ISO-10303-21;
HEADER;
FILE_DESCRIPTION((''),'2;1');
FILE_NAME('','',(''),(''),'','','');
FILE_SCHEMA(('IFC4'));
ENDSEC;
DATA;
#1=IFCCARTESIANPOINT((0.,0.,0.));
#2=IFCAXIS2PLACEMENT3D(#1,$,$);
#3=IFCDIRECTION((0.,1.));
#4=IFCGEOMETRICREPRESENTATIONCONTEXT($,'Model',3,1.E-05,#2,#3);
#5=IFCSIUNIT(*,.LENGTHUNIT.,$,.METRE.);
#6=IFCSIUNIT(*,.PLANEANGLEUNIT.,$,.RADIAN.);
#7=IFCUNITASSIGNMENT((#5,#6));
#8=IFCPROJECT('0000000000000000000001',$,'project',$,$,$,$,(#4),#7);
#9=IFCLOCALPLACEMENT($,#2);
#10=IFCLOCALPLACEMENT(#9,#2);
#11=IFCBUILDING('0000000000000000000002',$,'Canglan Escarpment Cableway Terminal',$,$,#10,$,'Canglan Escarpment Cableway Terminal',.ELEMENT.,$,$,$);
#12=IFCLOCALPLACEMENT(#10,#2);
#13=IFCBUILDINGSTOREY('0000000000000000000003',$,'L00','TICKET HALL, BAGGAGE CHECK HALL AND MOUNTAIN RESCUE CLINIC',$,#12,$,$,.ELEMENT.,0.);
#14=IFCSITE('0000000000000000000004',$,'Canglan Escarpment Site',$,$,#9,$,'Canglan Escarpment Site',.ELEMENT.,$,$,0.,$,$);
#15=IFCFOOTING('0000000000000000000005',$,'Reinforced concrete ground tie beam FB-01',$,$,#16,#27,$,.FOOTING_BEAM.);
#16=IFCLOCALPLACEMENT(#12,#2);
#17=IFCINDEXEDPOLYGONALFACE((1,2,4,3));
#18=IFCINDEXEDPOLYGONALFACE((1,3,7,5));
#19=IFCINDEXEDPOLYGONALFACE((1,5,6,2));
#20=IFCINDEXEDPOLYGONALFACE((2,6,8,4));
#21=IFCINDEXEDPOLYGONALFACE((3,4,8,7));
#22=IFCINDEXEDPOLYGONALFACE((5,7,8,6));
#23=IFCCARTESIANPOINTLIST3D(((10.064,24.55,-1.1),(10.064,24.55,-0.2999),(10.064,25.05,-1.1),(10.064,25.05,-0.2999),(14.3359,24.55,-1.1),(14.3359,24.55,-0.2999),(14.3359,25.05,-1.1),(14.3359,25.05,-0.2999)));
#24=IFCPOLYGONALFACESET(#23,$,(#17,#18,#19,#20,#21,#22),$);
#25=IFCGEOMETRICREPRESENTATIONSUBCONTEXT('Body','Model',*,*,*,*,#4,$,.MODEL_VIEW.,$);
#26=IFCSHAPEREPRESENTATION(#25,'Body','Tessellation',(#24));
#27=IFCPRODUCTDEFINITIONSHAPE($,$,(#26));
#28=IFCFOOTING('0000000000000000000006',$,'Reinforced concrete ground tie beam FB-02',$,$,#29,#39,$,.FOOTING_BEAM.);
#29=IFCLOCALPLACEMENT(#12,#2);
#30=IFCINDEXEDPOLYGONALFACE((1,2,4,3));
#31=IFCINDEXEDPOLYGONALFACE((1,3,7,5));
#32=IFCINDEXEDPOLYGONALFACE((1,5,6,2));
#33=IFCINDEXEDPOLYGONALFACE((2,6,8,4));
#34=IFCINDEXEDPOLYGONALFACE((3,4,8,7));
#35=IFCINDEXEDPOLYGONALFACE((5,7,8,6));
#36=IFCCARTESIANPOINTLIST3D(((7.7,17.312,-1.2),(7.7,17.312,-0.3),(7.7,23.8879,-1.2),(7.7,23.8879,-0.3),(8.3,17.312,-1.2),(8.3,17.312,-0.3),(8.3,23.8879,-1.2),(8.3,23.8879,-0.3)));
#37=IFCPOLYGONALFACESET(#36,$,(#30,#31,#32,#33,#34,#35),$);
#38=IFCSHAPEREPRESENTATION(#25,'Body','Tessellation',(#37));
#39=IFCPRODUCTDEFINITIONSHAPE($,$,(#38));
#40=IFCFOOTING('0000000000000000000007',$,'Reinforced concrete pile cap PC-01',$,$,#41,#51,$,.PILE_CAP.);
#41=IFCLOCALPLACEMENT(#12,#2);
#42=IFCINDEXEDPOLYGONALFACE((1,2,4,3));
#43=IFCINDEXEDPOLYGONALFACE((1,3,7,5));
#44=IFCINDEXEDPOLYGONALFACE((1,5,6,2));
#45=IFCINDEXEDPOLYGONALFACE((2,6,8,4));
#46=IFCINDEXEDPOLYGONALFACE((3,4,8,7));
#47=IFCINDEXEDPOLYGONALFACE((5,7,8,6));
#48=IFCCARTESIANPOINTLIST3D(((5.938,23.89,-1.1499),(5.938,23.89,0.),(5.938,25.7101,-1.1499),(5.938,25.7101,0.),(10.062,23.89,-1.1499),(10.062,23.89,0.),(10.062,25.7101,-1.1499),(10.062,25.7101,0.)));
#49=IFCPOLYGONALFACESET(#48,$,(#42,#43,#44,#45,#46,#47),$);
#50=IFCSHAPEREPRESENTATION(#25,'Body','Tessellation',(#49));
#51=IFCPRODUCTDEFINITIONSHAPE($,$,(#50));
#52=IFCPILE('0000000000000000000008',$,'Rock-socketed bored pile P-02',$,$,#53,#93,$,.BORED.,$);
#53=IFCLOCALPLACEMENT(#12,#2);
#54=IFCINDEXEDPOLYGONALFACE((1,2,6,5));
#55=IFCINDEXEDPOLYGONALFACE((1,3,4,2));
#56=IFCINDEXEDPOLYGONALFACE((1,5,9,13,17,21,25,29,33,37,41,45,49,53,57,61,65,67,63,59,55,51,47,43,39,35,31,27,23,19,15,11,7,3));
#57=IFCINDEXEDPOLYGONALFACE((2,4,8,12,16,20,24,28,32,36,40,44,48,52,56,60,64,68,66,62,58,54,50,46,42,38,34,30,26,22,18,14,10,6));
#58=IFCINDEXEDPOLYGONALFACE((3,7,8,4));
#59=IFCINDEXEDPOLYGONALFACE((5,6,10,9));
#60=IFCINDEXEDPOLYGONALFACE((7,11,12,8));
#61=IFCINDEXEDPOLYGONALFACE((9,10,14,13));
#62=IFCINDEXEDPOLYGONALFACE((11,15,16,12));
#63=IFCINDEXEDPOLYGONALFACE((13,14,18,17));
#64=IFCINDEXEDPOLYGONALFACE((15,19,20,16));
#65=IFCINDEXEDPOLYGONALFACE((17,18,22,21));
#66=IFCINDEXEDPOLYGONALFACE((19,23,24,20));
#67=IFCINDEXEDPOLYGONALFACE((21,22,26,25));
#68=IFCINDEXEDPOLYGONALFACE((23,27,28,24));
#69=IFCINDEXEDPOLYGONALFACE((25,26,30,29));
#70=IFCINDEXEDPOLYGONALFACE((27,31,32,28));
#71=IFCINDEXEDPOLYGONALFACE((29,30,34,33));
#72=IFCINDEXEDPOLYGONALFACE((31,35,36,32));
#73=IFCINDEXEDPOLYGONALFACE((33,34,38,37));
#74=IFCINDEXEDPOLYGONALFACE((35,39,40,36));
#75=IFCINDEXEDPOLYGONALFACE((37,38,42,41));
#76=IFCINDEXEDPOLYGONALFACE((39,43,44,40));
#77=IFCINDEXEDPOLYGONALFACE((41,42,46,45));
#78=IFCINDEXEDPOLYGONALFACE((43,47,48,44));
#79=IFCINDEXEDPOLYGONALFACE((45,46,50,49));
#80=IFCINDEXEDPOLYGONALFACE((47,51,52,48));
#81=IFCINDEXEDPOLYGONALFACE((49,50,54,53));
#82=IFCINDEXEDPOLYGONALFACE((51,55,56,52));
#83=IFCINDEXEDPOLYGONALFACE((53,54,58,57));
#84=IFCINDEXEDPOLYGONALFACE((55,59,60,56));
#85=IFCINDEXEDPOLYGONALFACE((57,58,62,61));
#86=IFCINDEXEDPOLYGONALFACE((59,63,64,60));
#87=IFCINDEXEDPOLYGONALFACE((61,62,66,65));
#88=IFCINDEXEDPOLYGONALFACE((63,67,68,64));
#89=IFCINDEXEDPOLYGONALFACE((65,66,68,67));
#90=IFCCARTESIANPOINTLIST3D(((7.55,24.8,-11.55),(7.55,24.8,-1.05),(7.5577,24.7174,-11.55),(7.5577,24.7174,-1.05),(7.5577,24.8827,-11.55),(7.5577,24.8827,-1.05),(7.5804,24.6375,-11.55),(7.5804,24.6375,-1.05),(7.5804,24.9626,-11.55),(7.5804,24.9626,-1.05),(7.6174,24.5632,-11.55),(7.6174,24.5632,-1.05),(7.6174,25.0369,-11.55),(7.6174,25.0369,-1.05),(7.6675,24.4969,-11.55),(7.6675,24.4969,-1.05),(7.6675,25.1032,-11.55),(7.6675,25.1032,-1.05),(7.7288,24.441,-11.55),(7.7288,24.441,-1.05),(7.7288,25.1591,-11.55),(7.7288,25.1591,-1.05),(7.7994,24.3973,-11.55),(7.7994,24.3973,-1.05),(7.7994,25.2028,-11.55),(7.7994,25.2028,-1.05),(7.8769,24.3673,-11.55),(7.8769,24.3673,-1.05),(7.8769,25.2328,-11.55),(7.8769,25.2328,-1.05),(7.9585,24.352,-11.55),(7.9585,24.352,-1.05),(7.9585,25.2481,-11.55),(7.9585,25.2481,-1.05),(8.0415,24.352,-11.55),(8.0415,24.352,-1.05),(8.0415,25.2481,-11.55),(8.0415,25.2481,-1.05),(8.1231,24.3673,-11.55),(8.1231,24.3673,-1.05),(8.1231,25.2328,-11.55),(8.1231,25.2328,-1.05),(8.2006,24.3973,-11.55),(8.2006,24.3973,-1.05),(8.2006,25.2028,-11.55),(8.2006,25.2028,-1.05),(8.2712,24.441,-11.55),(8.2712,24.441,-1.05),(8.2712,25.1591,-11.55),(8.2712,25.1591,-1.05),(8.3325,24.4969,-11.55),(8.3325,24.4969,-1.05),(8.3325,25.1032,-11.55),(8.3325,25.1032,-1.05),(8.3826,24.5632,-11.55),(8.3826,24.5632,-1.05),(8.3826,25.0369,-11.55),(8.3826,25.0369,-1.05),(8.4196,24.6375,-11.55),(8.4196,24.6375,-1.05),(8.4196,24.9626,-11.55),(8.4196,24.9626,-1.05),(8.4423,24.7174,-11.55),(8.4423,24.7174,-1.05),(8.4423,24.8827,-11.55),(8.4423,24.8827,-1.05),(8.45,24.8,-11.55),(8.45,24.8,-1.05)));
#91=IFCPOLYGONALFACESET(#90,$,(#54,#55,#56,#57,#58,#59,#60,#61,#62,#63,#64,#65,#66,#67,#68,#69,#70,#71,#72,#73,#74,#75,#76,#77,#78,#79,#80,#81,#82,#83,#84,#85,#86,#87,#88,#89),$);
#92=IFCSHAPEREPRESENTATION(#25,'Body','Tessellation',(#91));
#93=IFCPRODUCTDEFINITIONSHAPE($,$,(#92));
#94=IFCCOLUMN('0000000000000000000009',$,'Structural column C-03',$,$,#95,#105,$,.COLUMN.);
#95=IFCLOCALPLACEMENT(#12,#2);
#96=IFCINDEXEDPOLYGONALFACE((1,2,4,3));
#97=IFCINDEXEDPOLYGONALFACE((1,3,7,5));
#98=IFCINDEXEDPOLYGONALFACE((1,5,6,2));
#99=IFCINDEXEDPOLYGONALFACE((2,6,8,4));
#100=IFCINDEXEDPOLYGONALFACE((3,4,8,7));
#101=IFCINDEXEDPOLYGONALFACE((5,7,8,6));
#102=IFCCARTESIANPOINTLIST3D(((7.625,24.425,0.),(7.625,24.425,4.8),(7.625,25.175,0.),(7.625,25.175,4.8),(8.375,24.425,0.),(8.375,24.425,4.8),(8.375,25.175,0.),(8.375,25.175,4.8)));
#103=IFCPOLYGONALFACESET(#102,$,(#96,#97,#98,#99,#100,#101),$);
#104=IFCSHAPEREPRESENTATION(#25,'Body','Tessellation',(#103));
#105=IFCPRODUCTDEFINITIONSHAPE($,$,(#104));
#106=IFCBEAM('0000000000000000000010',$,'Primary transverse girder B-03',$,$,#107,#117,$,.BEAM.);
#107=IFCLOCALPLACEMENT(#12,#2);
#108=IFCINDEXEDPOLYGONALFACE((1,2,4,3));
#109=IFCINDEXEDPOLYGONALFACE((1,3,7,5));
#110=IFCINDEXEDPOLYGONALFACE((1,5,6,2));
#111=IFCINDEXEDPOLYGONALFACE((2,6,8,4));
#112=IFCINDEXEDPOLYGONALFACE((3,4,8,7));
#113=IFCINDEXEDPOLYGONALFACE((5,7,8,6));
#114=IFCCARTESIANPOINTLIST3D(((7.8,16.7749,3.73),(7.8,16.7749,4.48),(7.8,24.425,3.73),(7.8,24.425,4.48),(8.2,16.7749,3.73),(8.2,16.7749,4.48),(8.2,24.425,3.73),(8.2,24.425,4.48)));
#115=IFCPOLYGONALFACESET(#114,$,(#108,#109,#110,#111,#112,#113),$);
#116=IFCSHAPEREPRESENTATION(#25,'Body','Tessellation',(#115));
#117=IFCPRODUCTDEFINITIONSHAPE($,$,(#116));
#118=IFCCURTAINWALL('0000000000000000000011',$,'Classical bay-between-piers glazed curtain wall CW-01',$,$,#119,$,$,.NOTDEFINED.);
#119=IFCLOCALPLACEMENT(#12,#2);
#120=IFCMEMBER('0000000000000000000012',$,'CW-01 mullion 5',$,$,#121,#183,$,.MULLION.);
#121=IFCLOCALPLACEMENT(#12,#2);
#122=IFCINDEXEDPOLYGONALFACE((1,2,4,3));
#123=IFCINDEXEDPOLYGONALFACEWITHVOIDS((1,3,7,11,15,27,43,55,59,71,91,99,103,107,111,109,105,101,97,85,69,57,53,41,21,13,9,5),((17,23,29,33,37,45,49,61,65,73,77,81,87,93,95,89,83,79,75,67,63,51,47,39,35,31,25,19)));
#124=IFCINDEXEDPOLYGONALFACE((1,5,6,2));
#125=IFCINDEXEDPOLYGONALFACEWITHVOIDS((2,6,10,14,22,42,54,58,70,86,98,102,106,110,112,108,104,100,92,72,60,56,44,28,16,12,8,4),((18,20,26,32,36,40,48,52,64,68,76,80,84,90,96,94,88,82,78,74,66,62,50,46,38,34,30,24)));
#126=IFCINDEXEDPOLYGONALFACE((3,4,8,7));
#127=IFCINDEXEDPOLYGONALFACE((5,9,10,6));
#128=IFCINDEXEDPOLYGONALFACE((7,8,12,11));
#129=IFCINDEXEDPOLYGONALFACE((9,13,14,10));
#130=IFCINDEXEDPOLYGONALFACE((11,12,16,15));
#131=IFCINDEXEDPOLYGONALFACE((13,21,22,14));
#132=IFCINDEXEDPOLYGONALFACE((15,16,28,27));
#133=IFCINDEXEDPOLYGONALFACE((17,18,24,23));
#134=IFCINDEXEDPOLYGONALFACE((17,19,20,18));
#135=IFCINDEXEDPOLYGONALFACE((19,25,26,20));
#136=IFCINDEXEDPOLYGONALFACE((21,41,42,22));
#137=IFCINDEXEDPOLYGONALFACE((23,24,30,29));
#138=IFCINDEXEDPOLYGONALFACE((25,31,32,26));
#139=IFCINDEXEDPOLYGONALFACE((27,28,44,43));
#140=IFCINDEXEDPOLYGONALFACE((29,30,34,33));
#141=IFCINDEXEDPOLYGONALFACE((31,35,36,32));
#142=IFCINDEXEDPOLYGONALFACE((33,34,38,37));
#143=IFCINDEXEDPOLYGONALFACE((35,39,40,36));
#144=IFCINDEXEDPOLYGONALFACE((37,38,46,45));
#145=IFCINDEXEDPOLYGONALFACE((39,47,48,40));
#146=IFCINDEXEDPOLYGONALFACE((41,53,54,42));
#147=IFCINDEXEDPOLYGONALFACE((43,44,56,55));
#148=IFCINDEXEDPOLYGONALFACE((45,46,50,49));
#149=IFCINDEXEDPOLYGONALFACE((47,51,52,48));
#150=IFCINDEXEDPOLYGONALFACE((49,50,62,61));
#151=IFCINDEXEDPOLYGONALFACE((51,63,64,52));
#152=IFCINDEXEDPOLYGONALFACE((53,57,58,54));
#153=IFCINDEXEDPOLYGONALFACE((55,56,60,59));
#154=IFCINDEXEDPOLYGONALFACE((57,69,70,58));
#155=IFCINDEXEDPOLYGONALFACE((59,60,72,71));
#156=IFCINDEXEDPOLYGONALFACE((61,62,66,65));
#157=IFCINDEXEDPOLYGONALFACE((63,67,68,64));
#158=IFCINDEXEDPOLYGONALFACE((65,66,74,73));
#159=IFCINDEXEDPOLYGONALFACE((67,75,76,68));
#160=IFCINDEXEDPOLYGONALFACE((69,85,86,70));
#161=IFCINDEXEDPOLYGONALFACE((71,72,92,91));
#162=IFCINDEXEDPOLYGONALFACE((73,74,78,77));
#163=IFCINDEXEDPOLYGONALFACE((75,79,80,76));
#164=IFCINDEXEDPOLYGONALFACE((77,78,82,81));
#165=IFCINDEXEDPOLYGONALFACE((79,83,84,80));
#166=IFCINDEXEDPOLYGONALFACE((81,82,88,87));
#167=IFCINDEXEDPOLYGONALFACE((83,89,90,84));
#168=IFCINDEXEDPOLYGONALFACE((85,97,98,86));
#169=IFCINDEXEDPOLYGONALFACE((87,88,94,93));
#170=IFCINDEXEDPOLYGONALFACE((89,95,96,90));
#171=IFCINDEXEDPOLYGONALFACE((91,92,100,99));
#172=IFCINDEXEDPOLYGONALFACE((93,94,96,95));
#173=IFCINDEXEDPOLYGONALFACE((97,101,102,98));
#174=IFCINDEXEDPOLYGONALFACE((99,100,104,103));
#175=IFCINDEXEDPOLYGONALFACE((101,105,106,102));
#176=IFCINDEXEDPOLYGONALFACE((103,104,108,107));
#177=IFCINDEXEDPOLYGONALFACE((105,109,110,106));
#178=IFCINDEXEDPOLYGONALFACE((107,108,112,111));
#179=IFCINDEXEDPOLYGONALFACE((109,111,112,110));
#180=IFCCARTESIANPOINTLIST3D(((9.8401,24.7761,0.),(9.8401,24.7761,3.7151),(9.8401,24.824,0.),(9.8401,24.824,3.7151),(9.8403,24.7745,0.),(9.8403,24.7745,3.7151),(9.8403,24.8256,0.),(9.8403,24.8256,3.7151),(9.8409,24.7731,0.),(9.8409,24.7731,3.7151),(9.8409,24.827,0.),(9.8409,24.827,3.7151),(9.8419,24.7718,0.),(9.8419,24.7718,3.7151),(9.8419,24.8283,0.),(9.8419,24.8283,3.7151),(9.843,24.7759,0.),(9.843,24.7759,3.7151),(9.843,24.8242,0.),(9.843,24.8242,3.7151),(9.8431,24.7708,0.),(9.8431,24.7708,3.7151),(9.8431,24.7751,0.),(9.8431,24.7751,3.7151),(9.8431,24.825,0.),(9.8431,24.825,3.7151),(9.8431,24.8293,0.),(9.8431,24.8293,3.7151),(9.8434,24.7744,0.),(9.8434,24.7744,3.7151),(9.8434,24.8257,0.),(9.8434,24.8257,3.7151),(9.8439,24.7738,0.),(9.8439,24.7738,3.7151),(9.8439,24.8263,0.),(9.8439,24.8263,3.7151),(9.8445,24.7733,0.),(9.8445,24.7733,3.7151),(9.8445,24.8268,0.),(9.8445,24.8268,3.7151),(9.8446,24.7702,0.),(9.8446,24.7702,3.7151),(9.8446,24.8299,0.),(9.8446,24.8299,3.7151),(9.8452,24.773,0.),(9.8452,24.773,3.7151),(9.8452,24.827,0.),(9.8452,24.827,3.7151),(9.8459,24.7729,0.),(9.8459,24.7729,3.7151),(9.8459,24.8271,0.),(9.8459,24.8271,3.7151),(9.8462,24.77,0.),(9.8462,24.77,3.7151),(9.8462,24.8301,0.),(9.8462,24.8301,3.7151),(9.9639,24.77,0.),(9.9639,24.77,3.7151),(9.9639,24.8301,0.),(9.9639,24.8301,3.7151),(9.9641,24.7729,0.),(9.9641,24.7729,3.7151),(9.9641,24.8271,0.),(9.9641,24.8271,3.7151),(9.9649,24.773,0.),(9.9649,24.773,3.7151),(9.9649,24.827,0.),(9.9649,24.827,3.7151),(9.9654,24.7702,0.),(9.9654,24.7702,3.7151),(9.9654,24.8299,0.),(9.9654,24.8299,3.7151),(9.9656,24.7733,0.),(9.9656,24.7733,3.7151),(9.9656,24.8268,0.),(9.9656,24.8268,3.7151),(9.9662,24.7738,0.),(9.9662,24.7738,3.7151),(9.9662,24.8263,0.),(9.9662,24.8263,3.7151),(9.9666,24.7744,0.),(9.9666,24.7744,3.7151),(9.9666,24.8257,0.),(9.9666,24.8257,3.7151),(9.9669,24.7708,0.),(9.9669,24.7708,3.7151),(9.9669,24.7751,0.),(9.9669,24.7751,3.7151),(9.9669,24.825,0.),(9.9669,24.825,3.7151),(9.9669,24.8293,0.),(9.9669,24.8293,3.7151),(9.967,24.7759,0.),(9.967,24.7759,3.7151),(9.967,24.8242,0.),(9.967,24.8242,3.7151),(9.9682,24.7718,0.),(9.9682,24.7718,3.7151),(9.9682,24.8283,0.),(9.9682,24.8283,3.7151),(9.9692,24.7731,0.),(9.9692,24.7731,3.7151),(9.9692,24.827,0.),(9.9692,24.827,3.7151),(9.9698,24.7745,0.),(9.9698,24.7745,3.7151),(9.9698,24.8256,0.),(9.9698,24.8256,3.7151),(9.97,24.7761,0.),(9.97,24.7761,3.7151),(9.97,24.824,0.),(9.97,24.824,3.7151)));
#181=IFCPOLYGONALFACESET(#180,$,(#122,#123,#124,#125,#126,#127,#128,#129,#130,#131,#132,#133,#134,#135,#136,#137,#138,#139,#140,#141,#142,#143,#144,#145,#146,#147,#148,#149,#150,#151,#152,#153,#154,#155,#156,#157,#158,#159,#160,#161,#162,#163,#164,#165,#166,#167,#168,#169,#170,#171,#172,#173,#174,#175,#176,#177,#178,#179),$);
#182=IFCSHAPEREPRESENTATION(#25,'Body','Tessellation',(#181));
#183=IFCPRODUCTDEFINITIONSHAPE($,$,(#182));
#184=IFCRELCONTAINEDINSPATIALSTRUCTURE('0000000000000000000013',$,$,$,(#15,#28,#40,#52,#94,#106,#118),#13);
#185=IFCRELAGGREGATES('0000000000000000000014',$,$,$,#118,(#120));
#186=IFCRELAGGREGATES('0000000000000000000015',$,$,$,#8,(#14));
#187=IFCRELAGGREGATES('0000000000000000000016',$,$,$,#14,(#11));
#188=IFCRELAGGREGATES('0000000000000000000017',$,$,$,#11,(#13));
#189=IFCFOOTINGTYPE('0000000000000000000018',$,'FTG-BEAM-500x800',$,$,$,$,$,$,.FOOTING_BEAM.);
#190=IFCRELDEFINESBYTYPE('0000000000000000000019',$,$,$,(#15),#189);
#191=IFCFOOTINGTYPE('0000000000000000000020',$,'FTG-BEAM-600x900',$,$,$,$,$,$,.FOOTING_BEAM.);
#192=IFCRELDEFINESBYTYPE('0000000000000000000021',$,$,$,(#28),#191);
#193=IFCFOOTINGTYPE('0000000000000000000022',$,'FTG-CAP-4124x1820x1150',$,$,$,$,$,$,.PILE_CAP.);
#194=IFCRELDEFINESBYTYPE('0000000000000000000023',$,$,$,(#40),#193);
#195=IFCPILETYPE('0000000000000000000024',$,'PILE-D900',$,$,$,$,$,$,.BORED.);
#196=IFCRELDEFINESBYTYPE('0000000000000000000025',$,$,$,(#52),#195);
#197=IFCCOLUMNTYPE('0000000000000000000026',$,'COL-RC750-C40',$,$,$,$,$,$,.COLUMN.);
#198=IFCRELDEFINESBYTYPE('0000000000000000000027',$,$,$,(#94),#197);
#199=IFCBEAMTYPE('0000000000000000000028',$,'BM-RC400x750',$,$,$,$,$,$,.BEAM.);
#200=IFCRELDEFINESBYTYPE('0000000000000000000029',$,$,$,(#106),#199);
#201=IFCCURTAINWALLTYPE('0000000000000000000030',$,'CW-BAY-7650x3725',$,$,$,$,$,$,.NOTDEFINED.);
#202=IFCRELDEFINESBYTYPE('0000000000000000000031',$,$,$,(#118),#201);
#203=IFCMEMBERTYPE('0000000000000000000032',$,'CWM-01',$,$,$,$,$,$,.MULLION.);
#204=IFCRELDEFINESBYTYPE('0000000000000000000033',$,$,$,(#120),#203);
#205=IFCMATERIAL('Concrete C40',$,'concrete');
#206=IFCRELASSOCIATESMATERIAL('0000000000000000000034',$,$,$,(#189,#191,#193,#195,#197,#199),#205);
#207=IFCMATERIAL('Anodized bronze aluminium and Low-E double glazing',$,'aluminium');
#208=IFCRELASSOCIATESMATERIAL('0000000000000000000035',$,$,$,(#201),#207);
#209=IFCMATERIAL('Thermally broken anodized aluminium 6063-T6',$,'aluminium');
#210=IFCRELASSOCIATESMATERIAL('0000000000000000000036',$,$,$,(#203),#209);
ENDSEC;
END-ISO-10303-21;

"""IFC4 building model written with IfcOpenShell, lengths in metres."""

from ifc_helpers import new_model, si_unit, direction, frame, origin, origin_2d, place, context, subcontext, project, spatial, rectangle, hollow_rectangle, circle, extrude, material, material_profile, profile_set, type_object, element, aggregate, save


model = new_model("IFC4")

# Units and contexts
model_context = context("Model", 3, precision=1e-05, world=origin(), true_north=direction((0.0, 1.0)))
body_context = subcontext(model_context, "Body", "Model", "MODEL_VIEW")
ifc_project = project(units=[si_unit("LENGTHUNIT", "METRE"), si_unit("PLANEANGLEUNIT", "RADIAN")], contexts=[model_context])

# Site, building, storey
site_placement = place(None, origin())
site = spatial("IfcSite", under=ifc_project, at=site_placement, Name="Canglan Escarpment Site", LongName="Canglan Escarpment Site", CompositionType="ELEMENT", RefElevation=0.0)
building_placement = place(site_placement, origin())
building = spatial("IfcBuilding", under=site, at=building_placement, Name="Canglan Escarpment Cableway Terminal", LongName="Canglan Escarpment Cableway Terminal", CompositionType="ELEMENT")
storey_placement = place(building_placement, origin())
storey = spatial("IfcBuildingStorey", under=building, at=storey_placement, Name="L00", Description="TICKET HALL, BAGGAGE CHECK HALL AND MOUNTAIN RESCUE CLINIC", CompositionType="ELEMENT", Elevation=0.0)

# Footings
ifc_material_1 = material(Name="Concrete C40", Category="concrete")
ifc_material_profile_1 = material_profile(ifc_material_1, rectangle(XDim=0.5, YDim=0.8, at=origin_2d()), Name="FB 500x800")
ifc_profile_set_1 = profile_set([ifc_material_profile_1], Name="Concrete C40")
footing_type_1 = type_object("IfcFootingType", Name="FTG-BEAM-500x800", PredefinedType="FOOTING_BEAM", material=ifc_profile_set_1)
footing_1_placement = place(storey_placement, frame((10.064, 24.8, -0.7), z_axis=(1.0, 0.0, 0.0), x_axis=(0.0, 1.0, 0.0)))
element("IfcFooting", 1, at=footing_1_placement, inside=storey, type_object=footing_type_1, Name="Reinforced concrete ground tie beam FB-01", PredefinedType="FOOTING_BEAM", context=body_context, shape_type="SweptSolid", body=[
    extrude(rectangle(XDim=0.5, YDim=0.8, at=origin_2d()), origin(), (0.0, 0.0, 1.0), 4.272),
])
ifc_material_profile_2 = material_profile(ifc_material_1, rectangle(XDim=0.6001, YDim=0.8999, at=origin_2d()), Name="FB 600x900")
ifc_profile_set_2 = profile_set([ifc_material_profile_2], Name="Concrete C40")
footing_type_2 = type_object("IfcFootingType", Name="FTG-BEAM-600x900", PredefinedType="FOOTING_BEAM", material=ifc_profile_set_2)
footing_2_placement = place(storey_placement, frame((8.0, 17.312, -0.75), z_axis=(0.0, 1.0, 0.0), x_axis=(-1.0, 0.0, 0.0)))
element("IfcFooting", 2, at=footing_2_placement, inside=storey, type_object=footing_type_2, Name="Reinforced concrete ground tie beam FB-02", PredefinedType="FOOTING_BEAM", context=body_context, shape_type="SweptSolid", body=[
    extrude(rectangle(XDim=0.6001, YDim=0.8999, at=origin_2d()), origin(), (0.0, 0.0, 1.0), 6.5759),
])
footing_type_3 = type_object("IfcFootingType", Name="FTG-CAP-4124x1820x1150", PredefinedType="PILE_CAP", material=ifc_material_1)
footing_3_placement = place(storey_placement, frame((8.0, 24.8, -1.1499), z_axis=(0.0, 0.0, 1.0), x_axis=(1.0, 0.0, 0.0)))
element("IfcFooting", 3, at=footing_3_placement, inside=storey, type_object=footing_type_3, Name="Reinforced concrete pile cap PC-01", PredefinedType="PILE_CAP", context=body_context, shape_type="SweptSolid", body=[
    extrude(rectangle(XDim=4.124, YDim=1.8201, at=origin_2d()), origin(), (0.0, 0.0, 1.0), 1.1499),
])

# Pile
ifc_material_profile_3 = material_profile(ifc_material_1, circle(Radius=0.45, at=origin_2d()), Name="BORED PILE D900")
ifc_profile_set_3 = profile_set([ifc_material_profile_3], Name="Concrete C40")
pile_type = type_object("IfcPileType", Name="PILE-D900", PredefinedType="BORED", material=ifc_profile_set_3)
pile_placement = place(storey_placement, frame((8.0, 24.8, -1.05), z_axis=(0.0, 0.0, -1.0), x_axis=(1.0, 0.0, 0.0)))
element("IfcPile", 4, at=pile_placement, inside=storey, type_object=pile_type, Name="Rock-socketed bored pile P-02", PredefinedType="BORED", context=body_context, shape_type="SweptSolid", body=[
    extrude(circle(Radius=0.45, at=origin_2d()), origin(), (0.0, 0.0, 1.0), 10.5),
])

# Column
ifc_material_profile_4 = material_profile(ifc_material_1, rectangle(XDim=0.75, YDim=0.75, at=origin_2d()), Name="RC 750x750")
ifc_profile_set_4 = profile_set([ifc_material_profile_4], Name="Concrete C40")
column_type = type_object("IfcColumnType", Name="COL-RC750-C40", PredefinedType="COLUMN", material=ifc_profile_set_4)
column_placement = place(storey_placement, frame((8.0, 24.8, 0.0), z_axis=(0.0, 0.0, 1.0), x_axis=(1.0, 0.0, 0.0)))
element("IfcColumn", 5, at=column_placement, inside=storey, type_object=column_type, Name="Structural column C-03", PredefinedType="COLUMN", context=body_context, shape_type="SweptSolid", body=[
    extrude(rectangle(XDim=0.75, YDim=0.75, at=origin_2d()), origin(), (0.0, 0.0, 1.0), 4.8),
])

# Beam
ifc_material_profile_5 = material_profile(ifc_material_1, rectangle(XDim=0.3999, YDim=0.75, at=origin_2d()), Name="RC 400x750")
ifc_profile_set_5 = profile_set([ifc_material_profile_5], Name="Concrete C40")
beam_type_1 = type_object("IfcBeamType", Name="BM-RC400x750", PredefinedType="BEAM", material=ifc_profile_set_5)
beam_1_placement = place(storey_placement, frame((8.0, 16.7749, 4.105), z_axis=(0.0, 1.0, 0.0), x_axis=(-1.0, 0.0, 0.0)))
element("IfcBeam", 6, at=beam_1_placement, inside=storey, type_object=beam_type_1, Name="Primary transverse girder B-03", PredefinedType="BEAM", context=body_context, shape_type="SweptSolid", body=[
    extrude(rectangle(XDim=0.3999, YDim=0.75, at=origin_2d()), origin(), (0.0, 0.0, 1.0), 7.6501),
])

# Curtain wall, member
ifc_material_2 = material(Name="Anodized bronze aluminium and Low-E double glazing", Category="aluminium")
curtain_wall_type = type_object("IfcCurtainWallType", Name="CW-BAY-7650x3725", PredefinedType="NOTDEFINED", material=ifc_material_2)
curtain_wall_placement = place(storey_placement, origin())
curtain_wall = element("IfcCurtainWall", 7, at=curtain_wall_placement, inside=storey, type_object=curtain_wall_type, Name="Classical bay-between-piers glazed curtain wall CW-01", PredefinedType="NOTDEFINED")
ifc_material_3 = material(Name="Thermally broken anodized aluminium 6063-T6", Category="aluminium")
ifc_material_profile_6 = material_profile(ifc_material_3, hollow_rectangle(XDim=0.0601, YDim=0.1299, WallThickness=0.0029, InnerFilletRadius=0.0029, OuterFilletRadius=0.0061, at=origin_2d()), Name="ALU-MULL 60x130x3")
ifc_profile_set_6 = profile_set([ifc_material_profile_6], Name="Thermally broken anodized aluminium 6063-T6")
member_type_1 = type_object("IfcMemberType", Name="CWM-01", PredefinedType="MULLION", material=ifc_profile_set_6)
member_1_placement = place(storey_placement, frame((9.905, 24.8, 0.0), z_axis=(0.0, 0.0, 1.0), x_axis=(0.0, -1.0, 0.0)))
member_1 = element("IfcMember", 8, at=member_1_placement, type_object=member_type_1, Name="CW-01 mullion 5", PredefinedType="MULLION", context=body_context, shape_type="SweptSolid", body=[
    extrude(hollow_rectangle(XDim=0.0601, YDim=0.1299, WallThickness=0.0029, InnerFilletRadius=0.0029, OuterFilletRadius=0.0061, at=origin_2d()), origin(), (0.0, 0.0, 1.0), 3.7151),
])

aggregate(curtain_wall, [member_1])

save(model, "model.ifc")
